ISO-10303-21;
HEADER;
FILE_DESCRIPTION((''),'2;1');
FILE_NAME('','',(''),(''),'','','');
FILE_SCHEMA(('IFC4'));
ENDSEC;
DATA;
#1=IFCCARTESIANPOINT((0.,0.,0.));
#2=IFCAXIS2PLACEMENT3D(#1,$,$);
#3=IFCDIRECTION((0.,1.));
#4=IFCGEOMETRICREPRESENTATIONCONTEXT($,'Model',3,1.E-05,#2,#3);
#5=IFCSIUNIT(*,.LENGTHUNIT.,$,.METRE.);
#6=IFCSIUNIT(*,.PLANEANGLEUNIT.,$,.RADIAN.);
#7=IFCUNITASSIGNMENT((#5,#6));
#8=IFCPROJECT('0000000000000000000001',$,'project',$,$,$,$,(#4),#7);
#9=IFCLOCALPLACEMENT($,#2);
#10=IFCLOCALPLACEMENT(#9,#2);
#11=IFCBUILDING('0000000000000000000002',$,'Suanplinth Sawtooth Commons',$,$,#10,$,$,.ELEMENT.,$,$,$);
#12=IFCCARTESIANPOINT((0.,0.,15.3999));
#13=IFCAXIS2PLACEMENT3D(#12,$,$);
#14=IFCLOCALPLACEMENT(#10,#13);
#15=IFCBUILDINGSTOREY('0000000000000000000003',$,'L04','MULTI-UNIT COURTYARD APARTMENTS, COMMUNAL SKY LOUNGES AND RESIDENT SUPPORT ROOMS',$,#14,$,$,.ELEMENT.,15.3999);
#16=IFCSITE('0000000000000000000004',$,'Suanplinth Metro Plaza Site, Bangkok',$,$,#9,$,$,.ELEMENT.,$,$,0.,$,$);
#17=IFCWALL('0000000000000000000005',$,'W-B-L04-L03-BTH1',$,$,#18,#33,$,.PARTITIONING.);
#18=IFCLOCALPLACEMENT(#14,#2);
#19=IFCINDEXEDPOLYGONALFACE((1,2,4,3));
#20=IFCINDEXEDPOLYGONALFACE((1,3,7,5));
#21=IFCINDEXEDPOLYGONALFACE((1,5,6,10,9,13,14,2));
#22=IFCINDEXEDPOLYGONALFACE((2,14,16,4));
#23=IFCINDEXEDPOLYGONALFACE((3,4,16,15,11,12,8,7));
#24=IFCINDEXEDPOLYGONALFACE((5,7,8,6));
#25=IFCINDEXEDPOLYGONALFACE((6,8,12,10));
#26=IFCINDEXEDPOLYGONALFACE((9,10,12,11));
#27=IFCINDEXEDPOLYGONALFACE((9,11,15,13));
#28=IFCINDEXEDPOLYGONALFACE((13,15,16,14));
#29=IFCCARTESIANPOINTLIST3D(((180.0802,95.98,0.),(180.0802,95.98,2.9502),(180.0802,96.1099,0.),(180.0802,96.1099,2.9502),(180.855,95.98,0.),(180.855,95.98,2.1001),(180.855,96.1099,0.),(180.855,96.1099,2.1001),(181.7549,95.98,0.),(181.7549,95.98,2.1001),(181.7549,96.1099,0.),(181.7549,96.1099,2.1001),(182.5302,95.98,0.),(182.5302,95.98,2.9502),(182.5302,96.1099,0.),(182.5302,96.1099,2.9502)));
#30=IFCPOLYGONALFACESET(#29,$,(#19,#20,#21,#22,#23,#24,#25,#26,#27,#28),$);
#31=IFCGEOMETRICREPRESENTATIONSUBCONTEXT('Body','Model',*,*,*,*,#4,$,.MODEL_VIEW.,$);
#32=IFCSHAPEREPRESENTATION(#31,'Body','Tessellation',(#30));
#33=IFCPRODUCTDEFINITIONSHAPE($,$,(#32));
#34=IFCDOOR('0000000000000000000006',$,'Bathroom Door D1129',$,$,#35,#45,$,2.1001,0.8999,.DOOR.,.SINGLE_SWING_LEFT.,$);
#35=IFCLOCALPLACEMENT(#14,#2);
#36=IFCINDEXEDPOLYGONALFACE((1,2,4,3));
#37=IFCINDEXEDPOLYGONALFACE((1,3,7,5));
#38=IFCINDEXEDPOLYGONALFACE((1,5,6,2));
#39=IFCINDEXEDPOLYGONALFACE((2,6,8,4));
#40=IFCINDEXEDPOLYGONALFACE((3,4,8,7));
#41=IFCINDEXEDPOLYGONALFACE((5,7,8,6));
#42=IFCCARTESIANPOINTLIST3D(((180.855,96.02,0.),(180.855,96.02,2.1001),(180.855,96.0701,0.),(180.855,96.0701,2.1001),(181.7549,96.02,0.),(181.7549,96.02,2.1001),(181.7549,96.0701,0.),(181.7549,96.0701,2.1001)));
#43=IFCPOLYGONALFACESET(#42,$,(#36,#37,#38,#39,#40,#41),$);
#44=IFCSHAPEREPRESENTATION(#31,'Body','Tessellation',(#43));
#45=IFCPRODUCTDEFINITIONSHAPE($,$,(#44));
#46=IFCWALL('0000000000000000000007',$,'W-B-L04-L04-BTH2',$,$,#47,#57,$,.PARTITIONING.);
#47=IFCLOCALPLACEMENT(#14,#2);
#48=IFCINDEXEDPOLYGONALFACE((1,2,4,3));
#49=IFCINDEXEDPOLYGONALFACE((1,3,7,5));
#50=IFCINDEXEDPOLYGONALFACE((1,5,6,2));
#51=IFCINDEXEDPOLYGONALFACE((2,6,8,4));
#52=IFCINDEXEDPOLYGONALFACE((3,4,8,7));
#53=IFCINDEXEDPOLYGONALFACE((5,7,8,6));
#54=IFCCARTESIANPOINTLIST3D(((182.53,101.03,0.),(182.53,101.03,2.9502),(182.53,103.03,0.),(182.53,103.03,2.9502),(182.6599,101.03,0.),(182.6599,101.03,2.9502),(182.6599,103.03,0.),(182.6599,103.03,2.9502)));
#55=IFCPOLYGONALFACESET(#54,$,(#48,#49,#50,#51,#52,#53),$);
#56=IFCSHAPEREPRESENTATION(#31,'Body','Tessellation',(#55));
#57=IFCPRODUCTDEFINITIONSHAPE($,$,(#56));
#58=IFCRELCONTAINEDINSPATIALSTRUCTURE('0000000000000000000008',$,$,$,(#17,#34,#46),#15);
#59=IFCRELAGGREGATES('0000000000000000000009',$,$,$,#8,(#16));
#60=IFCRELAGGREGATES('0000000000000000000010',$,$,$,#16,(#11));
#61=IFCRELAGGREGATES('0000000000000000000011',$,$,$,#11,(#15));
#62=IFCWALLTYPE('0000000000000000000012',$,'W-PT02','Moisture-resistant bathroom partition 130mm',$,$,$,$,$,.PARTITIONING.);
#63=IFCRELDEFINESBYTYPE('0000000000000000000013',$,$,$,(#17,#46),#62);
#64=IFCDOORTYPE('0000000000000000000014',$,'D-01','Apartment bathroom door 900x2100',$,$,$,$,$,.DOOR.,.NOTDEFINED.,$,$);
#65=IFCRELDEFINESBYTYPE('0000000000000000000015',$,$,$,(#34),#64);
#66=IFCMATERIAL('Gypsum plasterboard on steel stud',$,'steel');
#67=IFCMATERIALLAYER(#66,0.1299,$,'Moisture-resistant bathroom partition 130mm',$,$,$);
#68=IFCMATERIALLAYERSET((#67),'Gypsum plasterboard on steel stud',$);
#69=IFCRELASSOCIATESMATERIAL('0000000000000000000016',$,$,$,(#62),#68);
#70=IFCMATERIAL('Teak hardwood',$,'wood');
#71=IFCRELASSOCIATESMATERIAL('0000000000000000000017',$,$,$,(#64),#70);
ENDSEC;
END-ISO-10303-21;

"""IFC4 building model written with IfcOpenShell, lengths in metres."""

from ifc_helpers import new_model, si_unit, direction, frame, frame_2d, origin, place, context, subcontext, project, spatial, rectangle, extrude, material, layer, layer_set, type_object, element, fill, save


model = new_model("IFC4")

# Units and contexts
model_context = context("Model", 3, precision=1e-05, world=origin(), true_north=direction((0.0, 1.0)))
body_context = subcontext(model_context, "Body", "Model", "MODEL_VIEW")
ifc_project = project(units=[si_unit("LENGTHUNIT", "METRE"), si_unit("PLANEANGLEUNIT", "RADIAN")], contexts=[model_context])

# Site, building, storey
site_placement = place(None, origin())
site = spatial("IfcSite", under=ifc_project, at=site_placement, Name="Suanplinth Metro Plaza Site, Bangkok", CompositionType="ELEMENT", RefElevation=0.0)
building_placement = place(site_placement, origin())
building = spatial("IfcBuilding", under=site, at=building_placement, Name="Suanplinth Sawtooth Commons", CompositionType="ELEMENT")
storey_placement = place(building_placement, frame((0.0, 0.0, 15.3999)))
storey = spatial("IfcBuildingStorey", under=building, at=storey_placement, Name="L04", Description="MULTI-UNIT COURTYARD APARTMENTS, COMMUNAL SKY LOUNGES AND RESIDENT SUPPORT ROOMS", CompositionType="ELEMENT", Elevation=15.3999)

# Shared definitions
ifc_material_1 = material(Name="Teak hardwood", Category="wood")

# Wall, opening, door
ifc_material_2 = material(Name="Gypsum plasterboard on steel stud", Category="steel")
ifc_layer_1 = layer(ifc_material_2, 0.1299, Name="Moisture-resistant bathroom partition 130mm")
ifc_layer_set_1 = layer_set([ifc_layer_1], Name="Gypsum plasterboard on steel stud")
wall_type_1 = type_object("IfcWallType", Name="W-PT02", Description="Moisture-resistant bathroom partition 130mm", PredefinedType="PARTITIONING", material=ifc_layer_set_1)
wall_1_placement = place(storey_placement, frame((180.0801, 96.0449, 0.0), z_axis=(0.0, 0.0, 1.0), x_axis=(1.0, 0.0, 0.0)))
wall_1 = element("IfcWall", 1, at=wall_1_placement, inside=storey, type_object=wall_type_1, Name="W-B-L04-L03-BTH1", PredefinedType="PARTITIONING", context=body_context, shape_type="SweptSolid", body=[
    extrude(rectangle(XDim=2.45, YDim=0.1299, at=frame_2d((1.2251, 0.0))), origin(), (0.0, 0.0, 1.0), 2.9502),
])
opening_1_placement = place(wall_1_placement, frame((0.7749, 0.0, 0.0)))
opening_1 = element("IfcOpeningElement", 2, at=opening_1_placement, cuts=wall_1, PredefinedType="OPENING", context=body_context, shape_type="SweptSolid", body=[
    extrude(rectangle(XDim=0.8999, YDim=2.1001, at=frame_2d((0.45, 1.05))), frame((0.0, 0.0798, 0.0), z_axis=(0.0, -1.0, 0.0), x_axis=(1.0, 0.0, 0.0)), (0.0, 0.0, 1.0), 0.1597),
])
door_type_1 = type_object("IfcDoorType", Name="D-01", Description="Apartment bathroom door 900x2100", OperationType="NOTDEFINED", PredefinedType="DOOR", material=ifc_material_1)
door_1_placement = place(opening_1_placement, frame((0.8999, 0.0, 0.0), z_axis=(0.0, 0.0, 1.0), x_axis=(-1.0, 0.0, 0.0)))
door_1 = element("IfcDoor", 3, at=door_1_placement, inside=storey, type_object=door_type_1, Name="Bathroom Door D1129", OperationType="SINGLE_SWING_LEFT", OverallHeight=2.1001, OverallWidth=0.8999, PredefinedType="DOOR", context=body_context, shape_type="SweptSolid", body=[
    extrude(rectangle(XDim=0.8999, YDim=2.1001, at=frame_2d((0.45, 1.05))), frame((0.0, 0.0249, 0.0), z_axis=(0.0, -1.0, 0.0), x_axis=(1.0, 0.0, 0.0)), (0.0, 0.0, 1.0), 0.05),
])
fill(opening_1, door_1)

# Wall
wall_2_placement = place(storey_placement, frame((182.595, 101.03, 0.0), z_axis=(0.0, 0.0, 1.0), x_axis=(0.0, 1.0, 0.0)))
element("IfcWall", 4, at=wall_2_placement, inside=storey, type_object=wall_type_1, Name="W-B-L04-L04-BTH2", PredefinedType="PARTITIONING", context=body_context, shape_type="SweptSolid", body=[
    extrude(rectangle(XDim=2.0, YDim=0.1299, at=frame_2d((1.0, 0.0))), origin(), (0.0, 0.0, 1.0), 2.9502),
])

save(model, "model.ifc")
